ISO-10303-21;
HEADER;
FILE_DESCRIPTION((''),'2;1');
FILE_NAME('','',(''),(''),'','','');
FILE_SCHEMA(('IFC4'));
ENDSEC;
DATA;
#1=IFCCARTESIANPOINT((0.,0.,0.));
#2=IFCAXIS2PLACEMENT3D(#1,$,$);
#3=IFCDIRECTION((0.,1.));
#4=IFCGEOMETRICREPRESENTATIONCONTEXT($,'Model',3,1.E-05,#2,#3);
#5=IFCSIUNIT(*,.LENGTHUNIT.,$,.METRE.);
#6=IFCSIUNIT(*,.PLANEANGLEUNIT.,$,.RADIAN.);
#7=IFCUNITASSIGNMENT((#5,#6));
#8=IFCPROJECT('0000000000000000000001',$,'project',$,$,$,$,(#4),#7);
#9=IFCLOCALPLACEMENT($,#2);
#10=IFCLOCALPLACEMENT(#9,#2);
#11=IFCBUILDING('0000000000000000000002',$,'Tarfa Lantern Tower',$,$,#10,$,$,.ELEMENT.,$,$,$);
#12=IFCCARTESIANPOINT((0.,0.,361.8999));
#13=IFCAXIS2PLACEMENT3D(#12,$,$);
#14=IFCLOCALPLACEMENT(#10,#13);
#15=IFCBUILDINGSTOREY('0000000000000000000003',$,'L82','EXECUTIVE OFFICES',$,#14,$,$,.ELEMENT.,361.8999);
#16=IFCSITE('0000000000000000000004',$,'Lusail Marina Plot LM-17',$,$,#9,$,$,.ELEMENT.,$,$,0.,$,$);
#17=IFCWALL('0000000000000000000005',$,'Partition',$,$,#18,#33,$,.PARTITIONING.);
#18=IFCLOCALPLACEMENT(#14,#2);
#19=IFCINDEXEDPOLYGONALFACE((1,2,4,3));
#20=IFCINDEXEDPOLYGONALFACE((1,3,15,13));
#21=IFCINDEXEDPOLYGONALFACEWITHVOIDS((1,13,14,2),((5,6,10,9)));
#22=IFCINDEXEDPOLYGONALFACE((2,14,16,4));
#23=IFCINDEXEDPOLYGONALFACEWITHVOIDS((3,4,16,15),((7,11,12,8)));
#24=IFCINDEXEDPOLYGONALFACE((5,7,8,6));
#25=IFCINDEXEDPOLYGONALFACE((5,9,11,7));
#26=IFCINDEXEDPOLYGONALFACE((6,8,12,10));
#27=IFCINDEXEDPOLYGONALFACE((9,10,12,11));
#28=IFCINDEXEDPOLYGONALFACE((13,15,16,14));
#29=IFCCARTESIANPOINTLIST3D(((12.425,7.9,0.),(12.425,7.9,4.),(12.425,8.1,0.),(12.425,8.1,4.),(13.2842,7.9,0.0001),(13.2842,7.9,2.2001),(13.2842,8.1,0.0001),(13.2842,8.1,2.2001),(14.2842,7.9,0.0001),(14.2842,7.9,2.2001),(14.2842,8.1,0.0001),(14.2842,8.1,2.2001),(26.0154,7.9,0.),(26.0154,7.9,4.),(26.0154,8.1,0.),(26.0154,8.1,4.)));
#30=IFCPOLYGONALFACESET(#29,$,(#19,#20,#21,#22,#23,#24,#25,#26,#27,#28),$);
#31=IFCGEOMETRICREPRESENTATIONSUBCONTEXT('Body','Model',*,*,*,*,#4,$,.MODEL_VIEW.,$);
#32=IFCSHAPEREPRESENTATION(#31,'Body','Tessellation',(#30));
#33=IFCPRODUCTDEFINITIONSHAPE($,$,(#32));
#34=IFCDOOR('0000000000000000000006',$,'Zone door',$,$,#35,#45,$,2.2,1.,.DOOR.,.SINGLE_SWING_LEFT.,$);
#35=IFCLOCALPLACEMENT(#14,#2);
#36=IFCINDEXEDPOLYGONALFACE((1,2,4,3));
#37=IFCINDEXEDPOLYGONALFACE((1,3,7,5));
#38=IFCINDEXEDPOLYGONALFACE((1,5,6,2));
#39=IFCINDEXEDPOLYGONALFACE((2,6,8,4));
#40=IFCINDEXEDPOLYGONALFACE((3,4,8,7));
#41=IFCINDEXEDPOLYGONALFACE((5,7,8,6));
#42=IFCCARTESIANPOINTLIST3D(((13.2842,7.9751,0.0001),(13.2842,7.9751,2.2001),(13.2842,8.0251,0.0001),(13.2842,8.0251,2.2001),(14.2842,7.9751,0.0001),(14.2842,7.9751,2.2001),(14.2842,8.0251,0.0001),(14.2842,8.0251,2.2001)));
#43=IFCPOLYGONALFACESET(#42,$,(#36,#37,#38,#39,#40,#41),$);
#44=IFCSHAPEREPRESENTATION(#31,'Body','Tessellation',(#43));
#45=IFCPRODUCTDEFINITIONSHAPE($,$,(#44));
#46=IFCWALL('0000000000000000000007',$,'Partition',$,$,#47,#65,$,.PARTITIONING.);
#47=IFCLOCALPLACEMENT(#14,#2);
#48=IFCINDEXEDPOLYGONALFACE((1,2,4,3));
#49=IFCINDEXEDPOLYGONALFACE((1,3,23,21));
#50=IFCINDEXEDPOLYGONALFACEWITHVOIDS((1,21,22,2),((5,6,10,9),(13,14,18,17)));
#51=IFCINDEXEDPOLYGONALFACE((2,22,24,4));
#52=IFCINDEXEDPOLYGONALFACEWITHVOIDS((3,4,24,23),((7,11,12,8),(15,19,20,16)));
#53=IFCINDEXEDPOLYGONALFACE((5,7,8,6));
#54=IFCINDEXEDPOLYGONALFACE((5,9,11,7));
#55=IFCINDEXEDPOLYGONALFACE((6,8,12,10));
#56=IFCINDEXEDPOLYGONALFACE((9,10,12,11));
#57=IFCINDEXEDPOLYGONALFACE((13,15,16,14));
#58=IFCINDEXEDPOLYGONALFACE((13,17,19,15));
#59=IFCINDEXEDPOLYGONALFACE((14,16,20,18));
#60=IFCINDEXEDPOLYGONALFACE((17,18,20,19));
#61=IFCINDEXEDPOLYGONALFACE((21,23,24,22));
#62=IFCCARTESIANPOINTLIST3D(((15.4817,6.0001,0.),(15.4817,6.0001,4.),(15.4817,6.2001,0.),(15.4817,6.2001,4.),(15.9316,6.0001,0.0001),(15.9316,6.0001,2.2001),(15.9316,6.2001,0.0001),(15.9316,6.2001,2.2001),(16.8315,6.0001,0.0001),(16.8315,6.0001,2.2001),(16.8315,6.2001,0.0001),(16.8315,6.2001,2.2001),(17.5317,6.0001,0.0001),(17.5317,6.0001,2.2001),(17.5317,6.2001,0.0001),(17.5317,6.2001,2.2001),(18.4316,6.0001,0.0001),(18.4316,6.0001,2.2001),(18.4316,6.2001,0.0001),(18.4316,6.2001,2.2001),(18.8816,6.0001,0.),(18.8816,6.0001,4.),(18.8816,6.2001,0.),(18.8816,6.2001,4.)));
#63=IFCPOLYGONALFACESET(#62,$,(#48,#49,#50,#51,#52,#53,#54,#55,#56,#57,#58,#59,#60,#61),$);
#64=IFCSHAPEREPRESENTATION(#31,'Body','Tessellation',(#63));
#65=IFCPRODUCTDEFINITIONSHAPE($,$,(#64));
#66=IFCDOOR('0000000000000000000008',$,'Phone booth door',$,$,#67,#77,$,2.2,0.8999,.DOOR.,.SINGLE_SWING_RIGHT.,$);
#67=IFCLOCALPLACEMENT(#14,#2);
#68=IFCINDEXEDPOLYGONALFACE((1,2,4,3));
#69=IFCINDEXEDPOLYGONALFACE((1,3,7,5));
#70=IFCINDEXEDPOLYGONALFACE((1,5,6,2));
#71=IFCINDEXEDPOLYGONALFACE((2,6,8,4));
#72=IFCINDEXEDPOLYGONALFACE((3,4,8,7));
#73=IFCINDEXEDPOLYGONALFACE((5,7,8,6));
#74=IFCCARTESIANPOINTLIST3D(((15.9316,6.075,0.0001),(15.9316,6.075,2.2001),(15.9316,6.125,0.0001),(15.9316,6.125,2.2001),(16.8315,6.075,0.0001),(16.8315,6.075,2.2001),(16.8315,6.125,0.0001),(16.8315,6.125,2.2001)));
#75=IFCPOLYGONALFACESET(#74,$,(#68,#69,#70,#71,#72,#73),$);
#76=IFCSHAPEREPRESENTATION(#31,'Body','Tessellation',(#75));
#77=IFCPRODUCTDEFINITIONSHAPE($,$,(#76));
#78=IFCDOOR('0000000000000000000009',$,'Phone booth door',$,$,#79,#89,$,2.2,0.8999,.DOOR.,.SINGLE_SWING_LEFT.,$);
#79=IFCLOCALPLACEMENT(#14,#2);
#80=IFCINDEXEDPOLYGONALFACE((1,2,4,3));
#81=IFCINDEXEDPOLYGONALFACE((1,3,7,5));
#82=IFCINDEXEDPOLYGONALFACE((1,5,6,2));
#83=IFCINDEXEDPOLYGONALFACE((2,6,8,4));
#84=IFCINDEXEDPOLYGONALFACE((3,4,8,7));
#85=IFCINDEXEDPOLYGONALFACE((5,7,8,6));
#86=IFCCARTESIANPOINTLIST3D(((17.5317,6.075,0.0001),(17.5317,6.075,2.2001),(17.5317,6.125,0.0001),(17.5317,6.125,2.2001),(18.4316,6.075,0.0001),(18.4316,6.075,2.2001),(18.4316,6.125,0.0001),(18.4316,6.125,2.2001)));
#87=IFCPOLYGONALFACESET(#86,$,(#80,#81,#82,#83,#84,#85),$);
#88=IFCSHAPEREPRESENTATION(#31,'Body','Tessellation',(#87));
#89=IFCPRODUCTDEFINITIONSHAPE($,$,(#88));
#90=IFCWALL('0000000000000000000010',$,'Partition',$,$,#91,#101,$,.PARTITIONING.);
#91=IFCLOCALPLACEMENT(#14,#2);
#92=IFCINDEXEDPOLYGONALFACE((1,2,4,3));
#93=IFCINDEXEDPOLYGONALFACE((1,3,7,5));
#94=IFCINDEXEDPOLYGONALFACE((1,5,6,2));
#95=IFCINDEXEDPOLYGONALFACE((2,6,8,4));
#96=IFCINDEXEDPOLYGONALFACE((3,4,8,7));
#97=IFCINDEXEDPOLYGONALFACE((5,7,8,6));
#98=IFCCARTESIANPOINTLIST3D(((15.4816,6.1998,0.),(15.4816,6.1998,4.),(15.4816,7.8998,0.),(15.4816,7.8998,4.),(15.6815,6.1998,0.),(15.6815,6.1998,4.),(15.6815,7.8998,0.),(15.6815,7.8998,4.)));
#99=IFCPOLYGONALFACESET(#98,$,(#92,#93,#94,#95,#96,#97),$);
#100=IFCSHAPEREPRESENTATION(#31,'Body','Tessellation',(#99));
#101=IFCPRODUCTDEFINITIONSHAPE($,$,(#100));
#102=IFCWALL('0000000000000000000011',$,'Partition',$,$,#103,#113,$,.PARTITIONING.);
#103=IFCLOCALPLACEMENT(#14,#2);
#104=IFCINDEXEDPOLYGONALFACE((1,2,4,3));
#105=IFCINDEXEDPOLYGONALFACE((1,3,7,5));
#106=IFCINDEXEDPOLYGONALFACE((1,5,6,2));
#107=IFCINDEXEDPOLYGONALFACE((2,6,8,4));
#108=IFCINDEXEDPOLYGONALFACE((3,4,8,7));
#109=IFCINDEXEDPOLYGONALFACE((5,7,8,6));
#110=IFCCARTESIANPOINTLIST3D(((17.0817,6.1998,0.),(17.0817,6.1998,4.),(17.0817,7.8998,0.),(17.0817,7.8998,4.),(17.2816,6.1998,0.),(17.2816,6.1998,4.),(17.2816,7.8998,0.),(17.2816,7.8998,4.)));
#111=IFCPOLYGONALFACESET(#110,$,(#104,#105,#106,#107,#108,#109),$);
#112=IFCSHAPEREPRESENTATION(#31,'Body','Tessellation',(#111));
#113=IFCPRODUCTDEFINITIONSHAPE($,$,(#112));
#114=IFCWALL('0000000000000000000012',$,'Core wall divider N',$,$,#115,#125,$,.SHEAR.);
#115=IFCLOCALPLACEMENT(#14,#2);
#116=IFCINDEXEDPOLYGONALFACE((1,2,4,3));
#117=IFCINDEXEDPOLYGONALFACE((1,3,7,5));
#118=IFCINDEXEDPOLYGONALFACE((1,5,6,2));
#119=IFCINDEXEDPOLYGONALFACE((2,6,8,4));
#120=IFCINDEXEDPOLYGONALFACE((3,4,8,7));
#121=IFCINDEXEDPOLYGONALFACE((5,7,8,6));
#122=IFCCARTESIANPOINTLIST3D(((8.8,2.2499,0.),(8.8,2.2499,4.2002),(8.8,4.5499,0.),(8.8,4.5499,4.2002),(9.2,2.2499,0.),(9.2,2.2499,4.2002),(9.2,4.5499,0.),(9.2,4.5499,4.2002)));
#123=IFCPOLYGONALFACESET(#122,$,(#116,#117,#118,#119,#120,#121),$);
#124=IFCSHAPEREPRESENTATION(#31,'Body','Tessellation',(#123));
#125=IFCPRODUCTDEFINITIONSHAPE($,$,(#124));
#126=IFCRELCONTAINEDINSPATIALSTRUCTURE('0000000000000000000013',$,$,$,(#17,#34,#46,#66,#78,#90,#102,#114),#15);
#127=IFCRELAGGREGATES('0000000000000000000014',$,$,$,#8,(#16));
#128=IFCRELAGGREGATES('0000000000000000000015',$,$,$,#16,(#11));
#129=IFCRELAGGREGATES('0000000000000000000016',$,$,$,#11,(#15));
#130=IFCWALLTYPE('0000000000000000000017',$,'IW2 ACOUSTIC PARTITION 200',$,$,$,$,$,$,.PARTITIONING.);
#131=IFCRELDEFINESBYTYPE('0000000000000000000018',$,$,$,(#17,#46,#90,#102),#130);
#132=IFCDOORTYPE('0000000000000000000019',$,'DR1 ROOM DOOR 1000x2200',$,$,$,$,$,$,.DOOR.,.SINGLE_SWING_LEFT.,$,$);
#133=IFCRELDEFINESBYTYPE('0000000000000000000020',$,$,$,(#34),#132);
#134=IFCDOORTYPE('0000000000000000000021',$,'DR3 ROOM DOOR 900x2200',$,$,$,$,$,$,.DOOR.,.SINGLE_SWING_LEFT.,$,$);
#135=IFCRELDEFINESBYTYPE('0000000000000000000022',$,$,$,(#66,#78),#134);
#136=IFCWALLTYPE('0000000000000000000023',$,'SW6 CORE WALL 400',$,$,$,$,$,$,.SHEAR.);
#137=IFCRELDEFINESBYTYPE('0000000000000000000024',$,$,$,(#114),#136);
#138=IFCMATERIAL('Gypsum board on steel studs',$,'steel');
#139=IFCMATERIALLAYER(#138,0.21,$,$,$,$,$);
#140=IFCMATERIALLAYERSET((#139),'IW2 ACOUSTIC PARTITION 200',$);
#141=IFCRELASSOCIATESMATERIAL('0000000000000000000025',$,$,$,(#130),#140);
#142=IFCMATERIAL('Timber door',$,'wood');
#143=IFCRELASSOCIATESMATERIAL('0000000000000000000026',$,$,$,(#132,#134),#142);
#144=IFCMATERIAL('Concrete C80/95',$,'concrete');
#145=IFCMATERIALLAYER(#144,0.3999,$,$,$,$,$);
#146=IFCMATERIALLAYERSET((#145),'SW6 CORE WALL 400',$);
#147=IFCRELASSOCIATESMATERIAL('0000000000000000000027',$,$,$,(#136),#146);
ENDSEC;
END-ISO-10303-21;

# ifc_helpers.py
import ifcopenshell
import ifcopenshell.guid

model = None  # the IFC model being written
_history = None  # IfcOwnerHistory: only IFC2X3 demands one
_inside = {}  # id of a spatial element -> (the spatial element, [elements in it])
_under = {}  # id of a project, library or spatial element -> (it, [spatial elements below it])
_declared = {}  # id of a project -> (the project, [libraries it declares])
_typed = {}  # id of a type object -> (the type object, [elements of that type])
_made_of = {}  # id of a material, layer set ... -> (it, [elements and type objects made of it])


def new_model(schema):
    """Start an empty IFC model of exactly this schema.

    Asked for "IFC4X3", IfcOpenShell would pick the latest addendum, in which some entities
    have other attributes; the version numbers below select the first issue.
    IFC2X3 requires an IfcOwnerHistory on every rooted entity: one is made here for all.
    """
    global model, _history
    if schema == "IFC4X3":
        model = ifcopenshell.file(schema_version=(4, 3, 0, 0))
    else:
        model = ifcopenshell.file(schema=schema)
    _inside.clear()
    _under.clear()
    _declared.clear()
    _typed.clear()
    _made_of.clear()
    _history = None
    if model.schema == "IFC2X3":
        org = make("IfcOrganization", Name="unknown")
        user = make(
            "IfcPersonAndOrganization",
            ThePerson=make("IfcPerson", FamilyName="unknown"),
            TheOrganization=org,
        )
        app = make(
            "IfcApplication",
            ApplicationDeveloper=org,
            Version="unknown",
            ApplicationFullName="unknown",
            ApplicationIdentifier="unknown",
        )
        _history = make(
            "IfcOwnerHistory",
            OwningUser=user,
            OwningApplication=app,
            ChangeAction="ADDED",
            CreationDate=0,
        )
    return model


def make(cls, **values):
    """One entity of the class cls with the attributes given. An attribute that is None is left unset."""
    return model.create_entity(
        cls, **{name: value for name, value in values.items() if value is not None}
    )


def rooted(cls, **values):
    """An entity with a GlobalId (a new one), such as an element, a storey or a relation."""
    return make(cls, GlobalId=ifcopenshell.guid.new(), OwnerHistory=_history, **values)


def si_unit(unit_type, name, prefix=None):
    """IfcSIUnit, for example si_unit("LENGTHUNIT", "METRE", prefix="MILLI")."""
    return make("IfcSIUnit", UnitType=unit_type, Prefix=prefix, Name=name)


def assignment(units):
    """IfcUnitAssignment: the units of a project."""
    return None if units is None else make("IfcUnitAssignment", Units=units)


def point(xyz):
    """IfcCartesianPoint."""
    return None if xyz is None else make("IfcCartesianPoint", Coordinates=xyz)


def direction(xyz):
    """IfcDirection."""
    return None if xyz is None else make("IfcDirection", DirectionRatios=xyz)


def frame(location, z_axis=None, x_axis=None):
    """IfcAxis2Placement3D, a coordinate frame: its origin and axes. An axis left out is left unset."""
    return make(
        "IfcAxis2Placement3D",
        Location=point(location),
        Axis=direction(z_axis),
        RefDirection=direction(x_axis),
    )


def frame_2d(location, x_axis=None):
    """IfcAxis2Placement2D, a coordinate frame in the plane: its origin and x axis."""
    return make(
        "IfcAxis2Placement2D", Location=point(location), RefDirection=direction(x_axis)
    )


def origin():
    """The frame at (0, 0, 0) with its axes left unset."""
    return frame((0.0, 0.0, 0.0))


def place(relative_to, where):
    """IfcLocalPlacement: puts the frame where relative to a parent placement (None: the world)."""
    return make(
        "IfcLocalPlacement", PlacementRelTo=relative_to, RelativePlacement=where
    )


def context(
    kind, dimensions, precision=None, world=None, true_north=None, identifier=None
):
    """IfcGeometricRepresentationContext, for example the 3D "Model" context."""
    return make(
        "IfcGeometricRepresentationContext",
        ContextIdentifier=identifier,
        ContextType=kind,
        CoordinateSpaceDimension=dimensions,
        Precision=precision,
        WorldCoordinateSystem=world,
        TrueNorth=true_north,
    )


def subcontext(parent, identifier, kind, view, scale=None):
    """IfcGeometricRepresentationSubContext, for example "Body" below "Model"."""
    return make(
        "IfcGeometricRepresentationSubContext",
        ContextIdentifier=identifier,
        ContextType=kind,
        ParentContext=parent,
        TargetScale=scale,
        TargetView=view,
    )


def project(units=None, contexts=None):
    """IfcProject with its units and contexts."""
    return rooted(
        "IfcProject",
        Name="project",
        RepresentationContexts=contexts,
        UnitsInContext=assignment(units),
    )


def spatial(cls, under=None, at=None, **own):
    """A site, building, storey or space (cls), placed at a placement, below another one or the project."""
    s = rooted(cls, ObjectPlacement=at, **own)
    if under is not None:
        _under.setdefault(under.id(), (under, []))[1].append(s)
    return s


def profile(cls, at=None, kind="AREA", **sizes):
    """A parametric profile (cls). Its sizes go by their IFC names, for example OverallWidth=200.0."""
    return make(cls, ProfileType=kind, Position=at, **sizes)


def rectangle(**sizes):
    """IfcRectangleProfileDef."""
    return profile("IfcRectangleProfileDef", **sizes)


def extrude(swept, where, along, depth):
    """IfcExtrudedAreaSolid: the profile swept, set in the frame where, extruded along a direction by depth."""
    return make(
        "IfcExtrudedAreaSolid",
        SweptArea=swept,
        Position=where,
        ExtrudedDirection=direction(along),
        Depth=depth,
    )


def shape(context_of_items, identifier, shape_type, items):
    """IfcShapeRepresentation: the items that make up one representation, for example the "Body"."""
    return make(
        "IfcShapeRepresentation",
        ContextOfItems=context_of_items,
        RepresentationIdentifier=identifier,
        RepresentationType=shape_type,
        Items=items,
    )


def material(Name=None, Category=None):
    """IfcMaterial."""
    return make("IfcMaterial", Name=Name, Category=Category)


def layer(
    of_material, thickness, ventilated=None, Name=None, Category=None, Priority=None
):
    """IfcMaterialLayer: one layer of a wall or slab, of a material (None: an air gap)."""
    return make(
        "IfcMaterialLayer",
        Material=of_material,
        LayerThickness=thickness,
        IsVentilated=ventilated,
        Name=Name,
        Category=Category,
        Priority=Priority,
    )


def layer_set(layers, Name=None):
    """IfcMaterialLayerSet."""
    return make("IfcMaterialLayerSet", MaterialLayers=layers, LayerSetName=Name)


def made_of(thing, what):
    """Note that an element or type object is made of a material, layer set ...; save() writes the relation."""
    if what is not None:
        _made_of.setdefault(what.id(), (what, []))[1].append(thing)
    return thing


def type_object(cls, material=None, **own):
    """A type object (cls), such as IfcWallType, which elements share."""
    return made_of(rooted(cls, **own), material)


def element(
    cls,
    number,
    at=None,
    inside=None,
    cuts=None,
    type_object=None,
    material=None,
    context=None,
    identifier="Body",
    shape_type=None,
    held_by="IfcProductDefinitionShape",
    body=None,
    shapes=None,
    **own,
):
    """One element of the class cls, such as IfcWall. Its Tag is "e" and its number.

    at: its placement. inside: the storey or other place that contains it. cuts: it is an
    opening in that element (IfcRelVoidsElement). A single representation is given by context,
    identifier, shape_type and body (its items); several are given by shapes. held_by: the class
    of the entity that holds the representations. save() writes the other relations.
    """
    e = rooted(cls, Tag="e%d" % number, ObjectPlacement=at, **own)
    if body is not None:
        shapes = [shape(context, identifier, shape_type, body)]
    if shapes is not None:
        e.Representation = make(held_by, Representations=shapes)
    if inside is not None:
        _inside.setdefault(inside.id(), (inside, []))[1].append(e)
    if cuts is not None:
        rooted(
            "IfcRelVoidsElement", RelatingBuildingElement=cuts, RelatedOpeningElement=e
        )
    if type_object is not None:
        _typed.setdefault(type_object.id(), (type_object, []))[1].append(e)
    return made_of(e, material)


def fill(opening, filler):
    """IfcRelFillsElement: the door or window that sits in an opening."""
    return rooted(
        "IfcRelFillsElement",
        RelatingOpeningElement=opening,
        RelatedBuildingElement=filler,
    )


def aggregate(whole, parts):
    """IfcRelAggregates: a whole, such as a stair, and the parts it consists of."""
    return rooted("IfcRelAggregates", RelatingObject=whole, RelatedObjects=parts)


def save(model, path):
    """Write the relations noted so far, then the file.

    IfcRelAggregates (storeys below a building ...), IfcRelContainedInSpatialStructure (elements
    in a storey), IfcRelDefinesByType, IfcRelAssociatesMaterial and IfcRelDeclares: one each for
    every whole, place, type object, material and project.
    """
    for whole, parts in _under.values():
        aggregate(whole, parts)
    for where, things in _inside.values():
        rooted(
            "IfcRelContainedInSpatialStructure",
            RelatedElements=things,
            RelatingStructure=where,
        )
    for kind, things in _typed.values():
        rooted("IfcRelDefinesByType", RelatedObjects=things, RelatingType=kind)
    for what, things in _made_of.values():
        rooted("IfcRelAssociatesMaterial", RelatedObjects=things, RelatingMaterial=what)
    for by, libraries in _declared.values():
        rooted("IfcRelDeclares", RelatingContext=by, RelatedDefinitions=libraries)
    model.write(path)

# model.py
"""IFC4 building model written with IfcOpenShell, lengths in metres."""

from ifc_helpers import new_model, si_unit, direction, frame, frame_2d, origin, place, context, subcontext, project, spatial, rectangle, extrude, material, layer, layer_set, type_object, element, fill, save


model = new_model("IFC4")

# Units and contexts
model_context = context("Model", 3, precision=1e-05, world=origin(), true_north=direction((0.0, 1.0)))
body_context = subcontext(model_context, "Body", "Model", "MODEL_VIEW")
ifc_project = project(units=[si_unit("LENGTHUNIT", "METRE"), si_unit("PLANEANGLEUNIT", "RADIAN")], contexts=[model_context])

# Site, building, storey
site_placement = place(None, origin())
site = spatial("IfcSite", under=ifc_project, at=site_placement, Name="Lusail Marina Plot LM-17", CompositionType="ELEMENT", RefElevation=0.0)
building_placement = place(site_placement, origin())
building = spatial("IfcBuilding", under=site, at=building_placement, Name="Tarfa Lantern Tower", CompositionType="ELEMENT")
storey_placement = place(building_placement, frame((0.0, 0.0, 361.8999)))
storey = spatial("IfcBuildingStorey", under=building, at=storey_placement, Name="L82", Description="EXECUTIVE OFFICES", CompositionType="ELEMENT", Elevation=361.8999)

# Shared definitions
ifc_material_1 = material(Name="Concrete C80/95", Category="concrete")

# Shared definitions
ifc_material_2 = material(Name="Gypsum board on steel studs", Category="steel")
ifc_layer_1 = layer(ifc_material_2, 0.21)
ifc_layer_set_1 = layer_set([ifc_layer_1], Name="IW2 ACOUSTIC PARTITION 200")
wall_type_1 = type_object("IfcWallType", Name="IW2 ACOUSTIC PARTITION 200", PredefinedType="PARTITIONING", material=ifc_layer_set_1)

# Shared definitions
ifc_material_3 = material(Name="Timber door", Category="wood")

# Wall, opening, door
wall_1_placement = place(storey_placement, frame((12.425, 8.0, 0.0), z_axis=(0.0, 0.0, 1.0), x_axis=(1.0, 0.0, 0.0)))
wall_1 = element("IfcWall", 1, at=wall_1_placement, inside=storey, type_object=wall_type_1, Name="Partition", PredefinedType="PARTITIONING", context=body_context, shape_type="SweptSolid", body=[
    extrude(rectangle(XDim=13.5903, YDim=0.2, at=frame_2d((6.7952, 0.0))), origin(), (0.0, 0.0, 1.0), 4.0),
])
opening_1_placement = place(wall_1_placement, frame((0.8591, 0.0, 0.0)))
opening_1 = element("IfcOpeningElement", 2, at=opening_1_placement, cuts=wall_1, PredefinedType="OPENING", context=body_context, shape_type="SweptSolid", body=[
    extrude(rectangle(XDim=1.0, YDim=2.2, at=frame_2d((0.5, 1.1001))), frame((0.0, 0.1099, 0.0), z_axis=(0.0, -1.0, 0.0), x_axis=(1.0, 0.0, 0.0)), (0.0, 0.0, 1.0), 0.22),
])
door_type_1 = type_object("IfcDoorType", Name="DR1 ROOM DOOR 1000x2200", OperationType="SINGLE_SWING_LEFT", PredefinedType="DOOR", material=ifc_material_3)
door_1_placement = place(opening_1_placement, frame((1.0, 0.0, 0.0), z_axis=(0.0, 0.0, 1.0), x_axis=(-1.0, 0.0, 0.0)))
door_1 = element("IfcDoor", 3, at=door_1_placement, inside=storey, type_object=door_type_1, Name="Zone door", OperationType="SINGLE_SWING_LEFT", OverallHeight=2.2, OverallWidth=1.0, PredefinedType="DOOR", context=body_context, shape_type="SweptSolid", body=[
    extrude(rectangle(XDim=1.0, YDim=2.2, at=frame_2d((0.5, 1.1001))), frame((0.0, 0.0249, 0.0), z_axis=(0.0, -1.0, 0.0), x_axis=(1.0, 0.0, 0.0)), (0.0, 0.0, 1.0), 0.05),
])
fill(opening_1, door_1)

# Wall, openings, doors
wall_2_placement = place(storey_placement, frame((15.4817, 6.1001, 0.0), z_axis=(0.0, 0.0, 1.0), x_axis=(1.0, 0.0, 0.0)))
wall_2 = element("IfcWall", 4, at=wall_2_placement, inside=storey, type_object=wall_type_1, Name="Partition", PredefinedType="PARTITIONING", context=body_context, shape_type="SweptSolid", body=[
    extrude(rectangle(XDim=3.3999, YDim=0.2, at=frame_2d((1.7, 0.0))), origin(), (0.0, 0.0, 1.0), 4.0),
])
opening_2_placement = place(wall_2_placement, frame((0.45, 0.0, 0.0)))
opening_2 = element("IfcOpeningElement", 5, at=opening_2_placement, cuts=wall_2, PredefinedType="OPENING", context=body_context, shape_type="SweptSolid", body=[
    extrude(rectangle(XDim=0.8999, YDim=2.2, at=frame_2d((0.45, 1.1001))), frame((0.0, 0.1099, 0.0), z_axis=(0.0, -1.0, 0.0), x_axis=(1.0, 0.0, 0.0)), (0.0, 0.0, 1.0), 0.22),
])
opening_3_placement = place(wall_2_placement, frame((2.05, 0.0, 0.0)))
opening_3 = element("IfcOpeningElement", 6, at=opening_3_placement, cuts=wall_2, PredefinedType="OPENING", context=body_context, shape_type="SweptSolid", body=[
    extrude(rectangle(XDim=0.8999, YDim=2.2, at=frame_2d((0.45, 1.1001))), frame((0.0, 0.1099, 0.0), z_axis=(0.0, -1.0, 0.0), x_axis=(1.0, 0.0, 0.0)), (0.0, 0.0, 1.0), 0.22),
])
door_type_2 = type_object("IfcDoorType", Name="DR3 ROOM DOOR 900x2200", OperationType="SINGLE_SWING_LEFT", PredefinedType="DOOR", material=ifc_material_3)
door_2_placement = place(opening_2_placement, origin())
door_2 = element("IfcDoor", 7, at=door_2_placement, inside=storey, type_object=door_type_2, Name="Phone booth door", OperationType="SINGLE_SWING_RIGHT", OverallHeight=2.2, OverallWidth=0.8999, PredefinedType="DOOR", context=body_context, shape_type="SweptSolid", body=[
    extrude(rectangle(XDim=0.8999, YDim=2.2, at=frame_2d((0.45, 1.1001))), frame((0.0, 0.0249, 0.0), z_axis=(0.0, -1.0, 0.0), x_axis=(1.0, 0.0, 0.0)), (0.0, 0.0, 1.0), 0.05),
])
fill(opening_2, door_2)
door_3_placement = place(opening_3_placement, origin())
door_3 = element("IfcDoor", 8, at=door_3_placement, inside=storey, type_object=door_type_2, Name="Phone booth door", OperationType="SINGLE_SWING_LEFT", OverallHeight=2.2, OverallWidth=0.8999, PredefinedType="DOOR", context=body_context, shape_type="SweptSolid", body=[
    extrude(rectangle(XDim=0.8999, YDim=2.2, at=frame_2d((0.45, 1.1001))), frame((0.0, 0.0249, 0.0), z_axis=(0.0, -1.0, 0.0), x_axis=(1.0, 0.0, 0.0)), (0.0, 0.0, 1.0), 0.05),
])
fill(opening_3, door_3)

# Walls
for number, where, z_axis, x_axis, name in (
    (9, (15.5815, 7.8999, 0.0), (0.0, 0.0, 1.0), (0.0, -1.0, 0.0), "Partition"),
    (10, (17.1816, 7.8999, 0.0), (0.0, 0.0, 1.0), (0.0, -1.0, 0.0), "Partition"),
):
    element("IfcWall", number, at=place(storey_placement, frame(where, z_axis=z_axis, x_axis=x_axis)), inside=storey, type_object=wall_type_1, Name=name, PredefinedType="PARTITIONING", context=body_context, shape_type="SweptSolid", body=[
        extrude(rectangle(XDim=1.7, YDim=0.2, at=frame_2d((0.8501, 0.0))), origin(), (0.0, 0.0, 1.0), 4.0),
    ])
ifc_layer_2 = layer(ifc_material_1, 0.3999)
ifc_layer_set_2 = layer_set([ifc_layer_2], Name="SW6 CORE WALL 400")
wall_type_2 = type_object("IfcWallType", Name="SW6 CORE WALL 400", PredefinedType="SHEAR", material=ifc_layer_set_2)
wall_3_placement = place(storey_placement, frame((9.0, 2.25, 0.0), z_axis=(0.0, 0.0, 1.0), x_axis=(0.0, 1.0, 0.0)))
element("IfcWall", 11, at=wall_3_placement, inside=storey, type_object=wall_type_2, Name="Core wall divider N", PredefinedType="SHEAR", context=body_context, shape_type="SweptSolid", body=[
    extrude(rectangle(XDim=2.3, YDim=0.3999, at=frame_2d((1.1499, 0.0))), origin(), (0.0, 0.0, 1.0), 4.2002),
])

save(model, "model.ifc")
